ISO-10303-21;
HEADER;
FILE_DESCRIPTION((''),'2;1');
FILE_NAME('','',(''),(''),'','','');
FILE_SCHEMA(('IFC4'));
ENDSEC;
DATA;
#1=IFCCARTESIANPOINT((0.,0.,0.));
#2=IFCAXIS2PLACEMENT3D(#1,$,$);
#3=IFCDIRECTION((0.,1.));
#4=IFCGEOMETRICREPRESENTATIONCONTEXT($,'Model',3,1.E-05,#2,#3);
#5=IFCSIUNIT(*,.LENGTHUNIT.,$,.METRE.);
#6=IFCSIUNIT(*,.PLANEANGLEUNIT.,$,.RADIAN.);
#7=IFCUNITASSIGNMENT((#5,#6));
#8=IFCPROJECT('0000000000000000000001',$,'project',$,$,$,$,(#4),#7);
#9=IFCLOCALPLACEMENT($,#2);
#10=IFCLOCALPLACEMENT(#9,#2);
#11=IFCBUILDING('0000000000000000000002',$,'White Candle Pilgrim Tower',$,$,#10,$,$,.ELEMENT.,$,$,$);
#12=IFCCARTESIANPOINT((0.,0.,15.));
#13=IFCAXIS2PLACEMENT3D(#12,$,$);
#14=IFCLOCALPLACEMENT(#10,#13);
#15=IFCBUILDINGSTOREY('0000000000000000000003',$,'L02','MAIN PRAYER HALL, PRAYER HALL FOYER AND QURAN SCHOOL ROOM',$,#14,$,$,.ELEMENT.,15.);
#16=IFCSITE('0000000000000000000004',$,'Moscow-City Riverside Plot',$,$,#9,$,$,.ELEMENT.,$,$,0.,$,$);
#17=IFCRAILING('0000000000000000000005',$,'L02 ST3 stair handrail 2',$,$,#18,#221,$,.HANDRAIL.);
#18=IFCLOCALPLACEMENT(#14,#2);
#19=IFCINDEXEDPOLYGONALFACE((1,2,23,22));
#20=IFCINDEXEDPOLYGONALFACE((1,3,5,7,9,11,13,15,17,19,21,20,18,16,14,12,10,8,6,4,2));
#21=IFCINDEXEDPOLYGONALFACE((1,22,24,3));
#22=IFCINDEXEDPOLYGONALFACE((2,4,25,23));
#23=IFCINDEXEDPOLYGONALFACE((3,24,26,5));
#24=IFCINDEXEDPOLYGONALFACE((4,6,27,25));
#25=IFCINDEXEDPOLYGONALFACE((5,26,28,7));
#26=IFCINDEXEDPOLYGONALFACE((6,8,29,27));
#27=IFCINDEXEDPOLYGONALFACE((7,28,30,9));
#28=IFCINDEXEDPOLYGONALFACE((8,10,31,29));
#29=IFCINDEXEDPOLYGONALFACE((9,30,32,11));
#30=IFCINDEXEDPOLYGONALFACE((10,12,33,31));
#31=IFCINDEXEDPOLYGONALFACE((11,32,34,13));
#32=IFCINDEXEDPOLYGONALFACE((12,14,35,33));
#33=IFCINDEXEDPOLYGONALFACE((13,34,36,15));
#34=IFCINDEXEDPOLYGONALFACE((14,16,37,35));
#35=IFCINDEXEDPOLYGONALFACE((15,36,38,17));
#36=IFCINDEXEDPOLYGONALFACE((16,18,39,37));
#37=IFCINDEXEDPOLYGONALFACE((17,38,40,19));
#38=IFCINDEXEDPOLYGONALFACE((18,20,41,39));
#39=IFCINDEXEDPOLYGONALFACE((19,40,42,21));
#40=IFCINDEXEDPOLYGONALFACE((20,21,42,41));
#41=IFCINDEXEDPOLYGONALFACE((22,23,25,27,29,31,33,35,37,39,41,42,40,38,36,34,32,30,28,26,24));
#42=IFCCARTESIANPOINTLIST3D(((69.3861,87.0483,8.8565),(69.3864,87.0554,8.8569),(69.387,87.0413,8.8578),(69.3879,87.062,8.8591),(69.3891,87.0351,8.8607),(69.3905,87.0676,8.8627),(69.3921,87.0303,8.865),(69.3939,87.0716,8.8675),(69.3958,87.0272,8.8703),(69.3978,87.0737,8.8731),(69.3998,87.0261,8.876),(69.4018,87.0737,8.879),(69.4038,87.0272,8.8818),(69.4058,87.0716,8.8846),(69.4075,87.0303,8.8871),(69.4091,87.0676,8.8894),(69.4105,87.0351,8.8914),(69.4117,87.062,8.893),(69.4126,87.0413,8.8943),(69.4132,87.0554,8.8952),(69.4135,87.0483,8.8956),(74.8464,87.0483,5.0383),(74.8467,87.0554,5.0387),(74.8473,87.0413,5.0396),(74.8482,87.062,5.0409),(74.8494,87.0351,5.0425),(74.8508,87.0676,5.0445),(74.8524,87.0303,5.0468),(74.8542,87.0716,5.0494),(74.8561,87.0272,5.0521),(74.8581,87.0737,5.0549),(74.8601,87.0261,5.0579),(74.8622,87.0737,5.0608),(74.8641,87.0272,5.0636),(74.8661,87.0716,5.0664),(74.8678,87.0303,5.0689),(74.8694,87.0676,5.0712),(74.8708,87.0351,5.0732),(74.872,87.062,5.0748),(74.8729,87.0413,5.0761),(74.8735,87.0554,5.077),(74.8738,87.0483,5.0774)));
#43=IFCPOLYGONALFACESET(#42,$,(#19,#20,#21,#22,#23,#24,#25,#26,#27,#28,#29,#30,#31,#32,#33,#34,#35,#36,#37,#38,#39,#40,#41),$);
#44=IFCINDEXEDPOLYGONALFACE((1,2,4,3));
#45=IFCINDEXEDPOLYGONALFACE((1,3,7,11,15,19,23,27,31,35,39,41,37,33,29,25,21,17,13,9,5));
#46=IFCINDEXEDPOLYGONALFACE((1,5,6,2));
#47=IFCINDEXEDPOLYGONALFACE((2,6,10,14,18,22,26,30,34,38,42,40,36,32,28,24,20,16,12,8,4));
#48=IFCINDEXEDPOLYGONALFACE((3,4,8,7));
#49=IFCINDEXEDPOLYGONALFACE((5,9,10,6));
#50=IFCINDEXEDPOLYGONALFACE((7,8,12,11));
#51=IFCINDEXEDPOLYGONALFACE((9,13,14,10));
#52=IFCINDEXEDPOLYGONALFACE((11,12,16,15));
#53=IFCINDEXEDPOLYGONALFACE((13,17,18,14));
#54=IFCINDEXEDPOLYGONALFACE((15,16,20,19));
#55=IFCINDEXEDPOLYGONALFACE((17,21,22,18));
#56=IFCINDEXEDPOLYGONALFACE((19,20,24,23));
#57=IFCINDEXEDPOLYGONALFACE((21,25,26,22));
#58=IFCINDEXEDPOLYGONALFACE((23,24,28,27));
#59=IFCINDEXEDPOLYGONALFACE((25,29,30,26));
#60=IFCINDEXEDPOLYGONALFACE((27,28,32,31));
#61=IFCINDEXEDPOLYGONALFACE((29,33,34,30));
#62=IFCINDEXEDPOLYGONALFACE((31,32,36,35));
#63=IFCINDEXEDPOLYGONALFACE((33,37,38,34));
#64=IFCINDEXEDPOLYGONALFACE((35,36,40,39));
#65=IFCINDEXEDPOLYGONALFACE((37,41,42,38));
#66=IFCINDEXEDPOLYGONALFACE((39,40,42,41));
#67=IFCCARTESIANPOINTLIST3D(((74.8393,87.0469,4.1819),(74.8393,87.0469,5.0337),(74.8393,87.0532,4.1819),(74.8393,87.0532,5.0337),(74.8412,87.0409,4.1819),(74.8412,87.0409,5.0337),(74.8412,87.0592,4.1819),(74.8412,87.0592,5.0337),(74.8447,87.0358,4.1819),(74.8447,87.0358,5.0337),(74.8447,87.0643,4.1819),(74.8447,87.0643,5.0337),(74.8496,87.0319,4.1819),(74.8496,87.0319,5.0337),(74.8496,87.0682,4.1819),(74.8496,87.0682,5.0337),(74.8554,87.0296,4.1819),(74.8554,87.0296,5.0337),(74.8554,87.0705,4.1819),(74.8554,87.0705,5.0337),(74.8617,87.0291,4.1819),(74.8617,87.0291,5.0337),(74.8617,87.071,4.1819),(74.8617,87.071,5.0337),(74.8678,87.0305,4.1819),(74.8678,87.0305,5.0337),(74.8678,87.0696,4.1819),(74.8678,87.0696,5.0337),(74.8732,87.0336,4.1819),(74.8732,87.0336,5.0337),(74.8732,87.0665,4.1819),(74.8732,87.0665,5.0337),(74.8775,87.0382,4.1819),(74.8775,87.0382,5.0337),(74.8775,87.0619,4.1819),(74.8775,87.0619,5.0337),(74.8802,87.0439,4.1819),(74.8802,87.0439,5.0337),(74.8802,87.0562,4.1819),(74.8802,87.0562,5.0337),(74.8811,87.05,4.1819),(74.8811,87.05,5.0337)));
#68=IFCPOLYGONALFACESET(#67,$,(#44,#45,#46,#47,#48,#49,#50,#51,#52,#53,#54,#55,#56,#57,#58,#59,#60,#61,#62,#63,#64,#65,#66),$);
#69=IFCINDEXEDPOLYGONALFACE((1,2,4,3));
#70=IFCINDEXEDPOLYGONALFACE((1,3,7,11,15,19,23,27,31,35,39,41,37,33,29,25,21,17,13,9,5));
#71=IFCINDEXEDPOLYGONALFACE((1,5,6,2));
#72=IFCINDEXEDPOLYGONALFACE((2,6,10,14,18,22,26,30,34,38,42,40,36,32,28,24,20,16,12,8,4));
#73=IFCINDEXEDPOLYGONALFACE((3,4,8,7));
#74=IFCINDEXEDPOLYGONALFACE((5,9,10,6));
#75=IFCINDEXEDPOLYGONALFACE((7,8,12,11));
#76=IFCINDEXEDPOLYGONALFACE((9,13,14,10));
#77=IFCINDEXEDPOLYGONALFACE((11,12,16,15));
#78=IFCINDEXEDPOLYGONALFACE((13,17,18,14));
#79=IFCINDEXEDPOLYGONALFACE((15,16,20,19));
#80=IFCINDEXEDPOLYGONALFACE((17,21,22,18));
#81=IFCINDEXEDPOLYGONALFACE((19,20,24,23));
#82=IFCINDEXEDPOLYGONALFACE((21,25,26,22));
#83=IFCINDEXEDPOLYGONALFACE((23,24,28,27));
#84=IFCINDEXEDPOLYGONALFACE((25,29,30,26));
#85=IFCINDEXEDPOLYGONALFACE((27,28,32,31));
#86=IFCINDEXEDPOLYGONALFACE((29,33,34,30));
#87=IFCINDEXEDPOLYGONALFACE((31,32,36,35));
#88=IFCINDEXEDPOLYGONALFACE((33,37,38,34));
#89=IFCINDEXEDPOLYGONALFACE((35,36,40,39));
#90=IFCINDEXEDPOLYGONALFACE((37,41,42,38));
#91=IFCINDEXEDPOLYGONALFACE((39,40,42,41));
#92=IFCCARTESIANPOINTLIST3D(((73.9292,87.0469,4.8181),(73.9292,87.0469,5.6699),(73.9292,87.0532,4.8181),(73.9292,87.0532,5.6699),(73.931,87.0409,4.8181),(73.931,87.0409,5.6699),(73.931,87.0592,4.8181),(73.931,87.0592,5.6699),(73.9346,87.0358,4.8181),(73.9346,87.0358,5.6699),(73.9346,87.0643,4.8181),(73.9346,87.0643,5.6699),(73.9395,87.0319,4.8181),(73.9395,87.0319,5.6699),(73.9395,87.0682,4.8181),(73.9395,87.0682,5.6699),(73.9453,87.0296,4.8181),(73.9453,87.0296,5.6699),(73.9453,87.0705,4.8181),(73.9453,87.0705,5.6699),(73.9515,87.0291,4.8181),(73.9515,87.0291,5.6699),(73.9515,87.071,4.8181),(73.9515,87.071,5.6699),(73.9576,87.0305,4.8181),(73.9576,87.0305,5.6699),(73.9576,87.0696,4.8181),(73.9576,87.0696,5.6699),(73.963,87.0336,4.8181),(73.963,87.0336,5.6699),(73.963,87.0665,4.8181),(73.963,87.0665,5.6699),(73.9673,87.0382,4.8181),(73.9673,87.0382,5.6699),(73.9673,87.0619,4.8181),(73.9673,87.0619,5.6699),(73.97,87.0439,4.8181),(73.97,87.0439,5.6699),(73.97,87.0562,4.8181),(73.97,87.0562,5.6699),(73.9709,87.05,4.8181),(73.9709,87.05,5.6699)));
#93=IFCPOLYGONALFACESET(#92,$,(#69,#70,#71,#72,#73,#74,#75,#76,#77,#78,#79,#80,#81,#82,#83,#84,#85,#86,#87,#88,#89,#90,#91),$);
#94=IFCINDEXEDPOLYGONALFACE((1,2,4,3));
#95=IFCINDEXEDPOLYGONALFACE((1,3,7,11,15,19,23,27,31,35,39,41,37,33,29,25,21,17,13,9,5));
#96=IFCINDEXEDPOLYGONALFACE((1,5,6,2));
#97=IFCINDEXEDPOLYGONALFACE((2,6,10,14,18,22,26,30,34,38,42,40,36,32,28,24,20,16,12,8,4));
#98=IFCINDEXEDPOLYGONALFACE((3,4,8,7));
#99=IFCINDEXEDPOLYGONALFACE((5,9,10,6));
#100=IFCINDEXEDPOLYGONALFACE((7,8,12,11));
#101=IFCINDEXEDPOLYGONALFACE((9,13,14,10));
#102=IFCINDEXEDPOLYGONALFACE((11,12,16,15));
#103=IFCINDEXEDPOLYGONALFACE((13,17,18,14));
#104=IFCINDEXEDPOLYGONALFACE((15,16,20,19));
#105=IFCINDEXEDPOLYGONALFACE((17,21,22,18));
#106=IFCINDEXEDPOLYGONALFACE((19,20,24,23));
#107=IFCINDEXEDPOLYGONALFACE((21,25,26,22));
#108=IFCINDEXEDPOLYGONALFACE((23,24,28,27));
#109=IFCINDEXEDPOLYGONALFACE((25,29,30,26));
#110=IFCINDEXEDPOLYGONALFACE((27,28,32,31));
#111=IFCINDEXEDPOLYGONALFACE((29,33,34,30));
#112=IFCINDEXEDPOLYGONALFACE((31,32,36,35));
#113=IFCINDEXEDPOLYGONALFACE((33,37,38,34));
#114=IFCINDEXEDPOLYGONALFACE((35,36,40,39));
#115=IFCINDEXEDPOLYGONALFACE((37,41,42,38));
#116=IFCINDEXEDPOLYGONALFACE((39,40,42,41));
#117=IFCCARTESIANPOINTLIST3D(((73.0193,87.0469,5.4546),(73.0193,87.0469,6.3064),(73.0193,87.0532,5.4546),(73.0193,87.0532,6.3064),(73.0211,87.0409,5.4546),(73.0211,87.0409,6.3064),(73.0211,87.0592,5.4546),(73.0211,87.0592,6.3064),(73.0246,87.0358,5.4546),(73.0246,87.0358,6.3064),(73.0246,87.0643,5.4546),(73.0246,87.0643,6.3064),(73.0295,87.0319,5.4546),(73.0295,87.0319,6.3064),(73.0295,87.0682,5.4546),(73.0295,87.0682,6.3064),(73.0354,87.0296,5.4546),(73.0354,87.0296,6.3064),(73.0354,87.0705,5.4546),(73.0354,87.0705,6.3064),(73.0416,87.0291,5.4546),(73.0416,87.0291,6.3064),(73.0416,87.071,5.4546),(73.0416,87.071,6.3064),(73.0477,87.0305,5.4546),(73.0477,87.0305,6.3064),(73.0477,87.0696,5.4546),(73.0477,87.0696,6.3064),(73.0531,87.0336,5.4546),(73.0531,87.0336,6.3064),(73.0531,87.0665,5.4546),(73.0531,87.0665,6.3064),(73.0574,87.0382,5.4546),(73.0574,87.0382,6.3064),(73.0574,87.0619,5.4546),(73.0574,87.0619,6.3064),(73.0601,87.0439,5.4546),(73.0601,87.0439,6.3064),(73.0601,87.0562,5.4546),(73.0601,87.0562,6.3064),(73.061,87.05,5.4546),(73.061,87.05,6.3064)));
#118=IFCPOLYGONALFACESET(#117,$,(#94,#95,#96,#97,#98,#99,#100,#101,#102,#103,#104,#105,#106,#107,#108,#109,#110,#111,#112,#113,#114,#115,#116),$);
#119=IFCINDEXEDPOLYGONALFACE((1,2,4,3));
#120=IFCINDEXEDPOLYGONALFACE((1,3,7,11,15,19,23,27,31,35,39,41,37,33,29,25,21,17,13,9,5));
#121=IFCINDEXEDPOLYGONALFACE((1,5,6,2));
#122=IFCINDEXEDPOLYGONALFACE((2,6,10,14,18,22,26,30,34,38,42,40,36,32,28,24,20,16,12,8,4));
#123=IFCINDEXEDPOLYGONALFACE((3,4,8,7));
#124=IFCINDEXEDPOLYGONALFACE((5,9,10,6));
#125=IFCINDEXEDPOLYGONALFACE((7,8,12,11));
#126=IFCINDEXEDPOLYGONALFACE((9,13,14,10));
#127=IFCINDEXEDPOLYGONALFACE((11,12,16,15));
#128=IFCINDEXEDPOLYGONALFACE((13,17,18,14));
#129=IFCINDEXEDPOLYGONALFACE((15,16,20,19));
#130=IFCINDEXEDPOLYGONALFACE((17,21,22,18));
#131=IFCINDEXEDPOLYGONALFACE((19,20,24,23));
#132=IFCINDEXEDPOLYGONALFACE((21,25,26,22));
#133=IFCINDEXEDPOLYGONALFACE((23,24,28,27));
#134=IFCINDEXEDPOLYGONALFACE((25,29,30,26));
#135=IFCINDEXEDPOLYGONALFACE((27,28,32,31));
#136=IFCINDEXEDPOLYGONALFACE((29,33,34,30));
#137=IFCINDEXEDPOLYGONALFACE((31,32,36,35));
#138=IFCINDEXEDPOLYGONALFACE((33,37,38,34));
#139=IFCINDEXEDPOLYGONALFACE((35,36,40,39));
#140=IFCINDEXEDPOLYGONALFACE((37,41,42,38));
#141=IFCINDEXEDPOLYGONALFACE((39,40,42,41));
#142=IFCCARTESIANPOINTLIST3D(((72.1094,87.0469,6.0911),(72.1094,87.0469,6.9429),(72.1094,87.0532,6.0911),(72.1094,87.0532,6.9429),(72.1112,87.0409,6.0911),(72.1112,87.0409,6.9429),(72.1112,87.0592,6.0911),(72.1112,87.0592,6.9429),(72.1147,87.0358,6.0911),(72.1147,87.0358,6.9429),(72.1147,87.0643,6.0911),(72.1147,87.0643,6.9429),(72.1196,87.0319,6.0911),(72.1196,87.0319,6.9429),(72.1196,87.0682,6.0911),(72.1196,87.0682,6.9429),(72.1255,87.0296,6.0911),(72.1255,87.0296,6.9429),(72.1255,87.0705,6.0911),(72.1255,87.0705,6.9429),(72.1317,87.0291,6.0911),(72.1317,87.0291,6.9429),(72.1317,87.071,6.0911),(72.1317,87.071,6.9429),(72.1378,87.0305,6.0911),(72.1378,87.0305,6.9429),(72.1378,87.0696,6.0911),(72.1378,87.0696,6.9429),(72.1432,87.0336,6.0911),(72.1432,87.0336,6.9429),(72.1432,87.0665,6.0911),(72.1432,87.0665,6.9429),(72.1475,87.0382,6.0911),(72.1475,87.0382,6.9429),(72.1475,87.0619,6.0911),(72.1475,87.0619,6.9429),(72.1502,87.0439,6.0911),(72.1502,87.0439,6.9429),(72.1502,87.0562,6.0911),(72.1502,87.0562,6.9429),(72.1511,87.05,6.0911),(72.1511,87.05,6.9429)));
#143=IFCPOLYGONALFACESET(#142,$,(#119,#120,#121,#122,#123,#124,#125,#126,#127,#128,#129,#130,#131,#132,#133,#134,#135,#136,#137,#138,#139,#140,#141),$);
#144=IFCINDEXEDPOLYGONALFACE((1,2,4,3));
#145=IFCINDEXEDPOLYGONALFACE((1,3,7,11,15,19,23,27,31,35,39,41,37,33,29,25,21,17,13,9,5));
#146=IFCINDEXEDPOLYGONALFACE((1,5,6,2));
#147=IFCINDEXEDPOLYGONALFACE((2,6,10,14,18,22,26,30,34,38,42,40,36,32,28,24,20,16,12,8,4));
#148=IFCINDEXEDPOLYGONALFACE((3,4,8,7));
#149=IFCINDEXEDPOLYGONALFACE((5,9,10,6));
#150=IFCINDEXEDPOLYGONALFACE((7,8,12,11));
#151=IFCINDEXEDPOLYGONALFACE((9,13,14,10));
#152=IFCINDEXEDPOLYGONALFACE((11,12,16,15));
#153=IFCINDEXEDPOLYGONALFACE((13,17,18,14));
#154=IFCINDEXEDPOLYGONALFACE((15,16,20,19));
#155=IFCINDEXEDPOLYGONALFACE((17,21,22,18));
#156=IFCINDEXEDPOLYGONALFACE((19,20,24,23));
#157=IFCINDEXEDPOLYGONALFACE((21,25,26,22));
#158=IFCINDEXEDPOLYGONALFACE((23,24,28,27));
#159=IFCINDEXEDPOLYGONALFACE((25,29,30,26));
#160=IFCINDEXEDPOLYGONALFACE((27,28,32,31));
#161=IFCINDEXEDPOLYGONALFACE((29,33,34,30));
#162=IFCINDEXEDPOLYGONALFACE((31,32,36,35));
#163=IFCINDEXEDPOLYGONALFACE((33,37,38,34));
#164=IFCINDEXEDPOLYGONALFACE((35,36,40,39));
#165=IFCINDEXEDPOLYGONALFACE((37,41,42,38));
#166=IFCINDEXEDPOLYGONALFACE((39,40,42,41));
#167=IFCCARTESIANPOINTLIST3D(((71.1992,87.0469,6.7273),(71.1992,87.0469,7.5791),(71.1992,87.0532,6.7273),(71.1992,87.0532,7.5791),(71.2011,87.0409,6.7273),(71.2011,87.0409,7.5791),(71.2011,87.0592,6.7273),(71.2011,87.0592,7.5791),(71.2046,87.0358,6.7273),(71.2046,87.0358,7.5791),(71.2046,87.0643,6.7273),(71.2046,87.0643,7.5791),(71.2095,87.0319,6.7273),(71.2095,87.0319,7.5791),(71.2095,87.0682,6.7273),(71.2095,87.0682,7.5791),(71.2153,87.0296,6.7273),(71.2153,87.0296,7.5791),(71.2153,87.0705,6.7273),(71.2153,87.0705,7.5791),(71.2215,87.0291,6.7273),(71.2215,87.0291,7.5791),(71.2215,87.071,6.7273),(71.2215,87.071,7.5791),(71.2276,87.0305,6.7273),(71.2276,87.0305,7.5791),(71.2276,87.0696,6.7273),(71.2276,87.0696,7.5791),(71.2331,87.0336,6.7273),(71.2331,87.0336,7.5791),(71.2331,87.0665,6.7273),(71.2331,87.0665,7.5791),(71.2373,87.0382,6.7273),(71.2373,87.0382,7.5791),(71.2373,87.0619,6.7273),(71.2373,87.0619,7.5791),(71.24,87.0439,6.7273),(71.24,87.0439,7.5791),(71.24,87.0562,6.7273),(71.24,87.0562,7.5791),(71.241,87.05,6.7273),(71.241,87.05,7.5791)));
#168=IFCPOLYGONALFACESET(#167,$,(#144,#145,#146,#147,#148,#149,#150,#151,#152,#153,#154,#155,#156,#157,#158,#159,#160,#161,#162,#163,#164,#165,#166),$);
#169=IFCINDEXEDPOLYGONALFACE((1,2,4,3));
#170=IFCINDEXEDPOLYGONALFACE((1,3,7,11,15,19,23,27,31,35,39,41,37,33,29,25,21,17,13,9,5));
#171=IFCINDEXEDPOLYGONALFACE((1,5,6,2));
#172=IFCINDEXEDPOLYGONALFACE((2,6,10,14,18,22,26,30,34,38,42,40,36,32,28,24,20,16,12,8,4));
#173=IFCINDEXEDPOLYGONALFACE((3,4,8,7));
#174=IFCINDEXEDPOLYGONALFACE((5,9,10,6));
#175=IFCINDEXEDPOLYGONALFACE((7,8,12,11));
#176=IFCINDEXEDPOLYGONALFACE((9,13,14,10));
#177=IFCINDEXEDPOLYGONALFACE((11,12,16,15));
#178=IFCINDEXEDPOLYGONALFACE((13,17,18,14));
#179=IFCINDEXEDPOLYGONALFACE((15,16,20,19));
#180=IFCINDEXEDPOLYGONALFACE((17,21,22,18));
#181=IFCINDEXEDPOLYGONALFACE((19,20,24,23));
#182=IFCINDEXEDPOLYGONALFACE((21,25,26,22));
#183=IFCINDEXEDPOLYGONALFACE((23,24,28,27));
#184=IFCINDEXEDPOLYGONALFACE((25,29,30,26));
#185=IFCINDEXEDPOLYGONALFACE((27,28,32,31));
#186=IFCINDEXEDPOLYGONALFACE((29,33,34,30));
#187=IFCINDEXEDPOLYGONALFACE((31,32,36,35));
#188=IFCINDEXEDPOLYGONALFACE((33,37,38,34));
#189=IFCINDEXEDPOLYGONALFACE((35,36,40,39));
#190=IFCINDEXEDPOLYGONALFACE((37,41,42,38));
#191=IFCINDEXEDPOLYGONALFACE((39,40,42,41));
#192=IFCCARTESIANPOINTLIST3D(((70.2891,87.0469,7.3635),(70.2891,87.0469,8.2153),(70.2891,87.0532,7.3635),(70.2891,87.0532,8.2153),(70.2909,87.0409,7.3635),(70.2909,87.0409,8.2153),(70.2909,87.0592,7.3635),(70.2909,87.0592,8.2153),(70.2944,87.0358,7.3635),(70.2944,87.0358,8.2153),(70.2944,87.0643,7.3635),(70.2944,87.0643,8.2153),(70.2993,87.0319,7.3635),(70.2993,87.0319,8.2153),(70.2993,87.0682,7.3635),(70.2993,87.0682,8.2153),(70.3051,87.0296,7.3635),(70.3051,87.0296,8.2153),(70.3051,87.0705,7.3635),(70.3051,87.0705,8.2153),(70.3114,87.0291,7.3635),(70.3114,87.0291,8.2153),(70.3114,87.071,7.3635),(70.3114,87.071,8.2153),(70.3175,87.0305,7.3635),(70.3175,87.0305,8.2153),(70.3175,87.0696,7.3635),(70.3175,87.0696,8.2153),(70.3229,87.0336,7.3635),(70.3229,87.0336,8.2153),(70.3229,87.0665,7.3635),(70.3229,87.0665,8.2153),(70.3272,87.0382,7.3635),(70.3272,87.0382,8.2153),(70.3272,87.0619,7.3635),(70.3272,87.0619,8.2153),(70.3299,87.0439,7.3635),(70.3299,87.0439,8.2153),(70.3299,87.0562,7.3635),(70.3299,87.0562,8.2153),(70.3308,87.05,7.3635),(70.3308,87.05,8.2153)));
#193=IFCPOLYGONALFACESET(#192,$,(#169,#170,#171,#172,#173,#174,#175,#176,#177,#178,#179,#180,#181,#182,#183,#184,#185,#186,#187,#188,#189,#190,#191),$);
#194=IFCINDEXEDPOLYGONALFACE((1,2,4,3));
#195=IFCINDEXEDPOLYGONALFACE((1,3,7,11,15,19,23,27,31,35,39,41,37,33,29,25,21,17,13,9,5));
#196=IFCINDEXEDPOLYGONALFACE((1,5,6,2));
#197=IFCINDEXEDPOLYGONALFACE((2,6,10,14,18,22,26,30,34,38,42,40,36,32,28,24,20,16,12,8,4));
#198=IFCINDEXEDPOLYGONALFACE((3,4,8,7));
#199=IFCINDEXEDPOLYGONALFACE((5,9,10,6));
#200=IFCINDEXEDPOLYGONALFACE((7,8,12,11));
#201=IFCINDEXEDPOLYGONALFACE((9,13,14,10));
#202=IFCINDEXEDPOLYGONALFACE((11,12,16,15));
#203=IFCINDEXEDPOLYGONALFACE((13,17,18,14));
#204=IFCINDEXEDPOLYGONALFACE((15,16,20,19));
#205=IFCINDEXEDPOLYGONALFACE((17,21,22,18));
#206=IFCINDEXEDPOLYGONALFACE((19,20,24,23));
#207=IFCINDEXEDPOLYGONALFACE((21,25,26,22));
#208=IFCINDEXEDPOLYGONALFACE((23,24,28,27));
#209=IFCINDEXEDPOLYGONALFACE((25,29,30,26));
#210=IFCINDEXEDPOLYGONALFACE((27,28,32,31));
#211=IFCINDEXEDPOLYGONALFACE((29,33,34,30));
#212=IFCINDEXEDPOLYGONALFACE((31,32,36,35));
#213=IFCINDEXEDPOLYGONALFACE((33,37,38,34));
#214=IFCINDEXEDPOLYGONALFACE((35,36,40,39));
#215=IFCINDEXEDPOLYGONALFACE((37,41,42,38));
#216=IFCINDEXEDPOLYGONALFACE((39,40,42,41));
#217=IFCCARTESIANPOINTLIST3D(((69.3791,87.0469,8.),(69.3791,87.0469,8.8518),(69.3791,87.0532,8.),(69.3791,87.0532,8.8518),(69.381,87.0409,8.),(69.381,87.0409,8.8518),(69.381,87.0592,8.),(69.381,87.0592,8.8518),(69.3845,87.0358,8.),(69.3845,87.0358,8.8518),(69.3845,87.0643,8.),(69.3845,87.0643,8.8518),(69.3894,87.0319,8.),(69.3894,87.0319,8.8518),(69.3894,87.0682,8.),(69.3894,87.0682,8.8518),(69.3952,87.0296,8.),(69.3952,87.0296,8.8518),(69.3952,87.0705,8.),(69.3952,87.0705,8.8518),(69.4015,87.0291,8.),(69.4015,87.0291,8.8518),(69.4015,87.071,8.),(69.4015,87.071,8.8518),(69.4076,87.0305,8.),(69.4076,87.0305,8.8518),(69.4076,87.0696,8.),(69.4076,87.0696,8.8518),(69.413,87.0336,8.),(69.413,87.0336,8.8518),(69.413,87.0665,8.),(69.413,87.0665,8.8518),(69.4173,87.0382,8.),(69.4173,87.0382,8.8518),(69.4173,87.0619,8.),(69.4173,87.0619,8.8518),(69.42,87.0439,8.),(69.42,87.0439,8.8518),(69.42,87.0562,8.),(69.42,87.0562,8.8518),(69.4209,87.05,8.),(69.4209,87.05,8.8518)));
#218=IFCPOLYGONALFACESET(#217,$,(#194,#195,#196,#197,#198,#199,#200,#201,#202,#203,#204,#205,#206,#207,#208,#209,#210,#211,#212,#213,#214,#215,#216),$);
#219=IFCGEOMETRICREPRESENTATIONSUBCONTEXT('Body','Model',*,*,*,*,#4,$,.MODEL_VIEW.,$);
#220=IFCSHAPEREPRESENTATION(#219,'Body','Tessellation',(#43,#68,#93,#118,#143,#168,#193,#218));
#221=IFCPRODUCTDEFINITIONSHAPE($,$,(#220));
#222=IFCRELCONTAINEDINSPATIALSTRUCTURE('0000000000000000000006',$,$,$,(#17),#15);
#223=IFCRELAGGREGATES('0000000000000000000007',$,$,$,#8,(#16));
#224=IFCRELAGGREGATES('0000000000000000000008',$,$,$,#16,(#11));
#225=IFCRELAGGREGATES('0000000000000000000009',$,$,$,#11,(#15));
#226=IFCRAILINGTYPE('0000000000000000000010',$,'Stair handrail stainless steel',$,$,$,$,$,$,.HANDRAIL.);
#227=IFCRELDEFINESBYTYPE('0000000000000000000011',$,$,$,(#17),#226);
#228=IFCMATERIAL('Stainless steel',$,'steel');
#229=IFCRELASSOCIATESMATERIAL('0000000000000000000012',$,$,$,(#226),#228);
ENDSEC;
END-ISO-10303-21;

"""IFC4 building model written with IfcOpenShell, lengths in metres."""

from ifc_helpers import new_model, si_unit, direction, frame, origin, origin_2d, place, context, subcontext, project, spatial, circle, extrude, material, type_object, element, save


model = new_model("IFC4")

# Units and contexts
model_context = context("Model", 3, precision=1e-05, world=origin(), true_north=direction((0.0, 1.0)))
body_context = subcontext(model_context, "Body", "Model", "MODEL_VIEW")
ifc_project = project(units=[si_unit("LENGTHUNIT", "METRE"), si_unit("PLANEANGLEUNIT", "RADIAN")], contexts=[model_context])

# Site, building, storey
site_placement = place(None, origin())
site = spatial("IfcSite", under=ifc_project, at=site_placement, Name="Moscow-City Riverside Plot", CompositionType="ELEMENT", RefElevation=0.0)
building_placement = place(site_placement, origin())
building = spatial("IfcBuilding", under=site, at=building_placement, Name="White Candle Pilgrim Tower", CompositionType="ELEMENT")
storey_placement = place(building_placement, frame((0.0, 0.0, 15.0)))
storey = spatial("IfcBuildingStorey", under=building, at=storey_placement, Name="L02", Description="MAIN PRAYER HALL, PRAYER HALL FOYER AND QURAN SCHOOL ROOM", CompositionType="ELEMENT", Elevation=15.0)

# Railing
ifc_material_1 = material(Name="Stainless steel", Category="steel")
railing_type_1 = type_object("IfcRailingType", Name="Stair handrail stainless steel", PredefinedType="HANDRAIL", material=ifc_material_1)
railing_1_placement = place(storey_placement, frame((74.8601, 87.05, 4.1819)))
element("IfcRailing", 1, at=railing_1_placement, inside=storey, type_object=railing_type_1, Name="L02 ST3 stair handrail 2", PredefinedType="HANDRAIL", context=body_context, shape_type="SweptSolid", body=[
    extrude(circle(Radius=0.0239, at=origin_2d()), frame((0.0, 0.0, 0.876), z_axis=(-0.819516, 0.0, 0.573056), x_axis=(0.0, -1.0, 0.0)), (0.0, 0.0, 1.0), 6.6628),
    extrude(circle(Radius=0.021, at=origin_2d()), origin(), (0.0, 0.0, 1.0), 0.8518),
    extrude(circle(Radius=0.021, at=origin_2d()), frame((-0.9102, 0.0, 0.6362)), (0.0, 0.0, 1.0), 0.8518),
    extrude(circle(Radius=0.021, at=origin_2d()), frame((-1.8201, 0.0, 1.2727)), (0.0, 0.0, 1.0), 0.8518),
    extrude(circle(Radius=0.021, at=origin_2d()), frame((-2.73, 0.0, 1.9092)), (0.0, 0.0, 1.0), 0.8518),
    extrude(circle(Radius=0.021, at=origin_2d()), frame((-3.6401, 0.0, 2.5454)), (0.0, 0.0, 1.0), 0.8518),
    extrude(circle(Radius=0.021, at=origin_2d()), frame((-4.5503, 0.0, 3.1816)), (0.0, 0.0, 1.0), 0.8518),
    extrude(circle(Radius=0.021, at=origin_2d()), frame((-5.4602, 0.0, 3.8181)), (0.0, 0.0, 1.0), 0.8518),
])

save(model, "model.ifc")
